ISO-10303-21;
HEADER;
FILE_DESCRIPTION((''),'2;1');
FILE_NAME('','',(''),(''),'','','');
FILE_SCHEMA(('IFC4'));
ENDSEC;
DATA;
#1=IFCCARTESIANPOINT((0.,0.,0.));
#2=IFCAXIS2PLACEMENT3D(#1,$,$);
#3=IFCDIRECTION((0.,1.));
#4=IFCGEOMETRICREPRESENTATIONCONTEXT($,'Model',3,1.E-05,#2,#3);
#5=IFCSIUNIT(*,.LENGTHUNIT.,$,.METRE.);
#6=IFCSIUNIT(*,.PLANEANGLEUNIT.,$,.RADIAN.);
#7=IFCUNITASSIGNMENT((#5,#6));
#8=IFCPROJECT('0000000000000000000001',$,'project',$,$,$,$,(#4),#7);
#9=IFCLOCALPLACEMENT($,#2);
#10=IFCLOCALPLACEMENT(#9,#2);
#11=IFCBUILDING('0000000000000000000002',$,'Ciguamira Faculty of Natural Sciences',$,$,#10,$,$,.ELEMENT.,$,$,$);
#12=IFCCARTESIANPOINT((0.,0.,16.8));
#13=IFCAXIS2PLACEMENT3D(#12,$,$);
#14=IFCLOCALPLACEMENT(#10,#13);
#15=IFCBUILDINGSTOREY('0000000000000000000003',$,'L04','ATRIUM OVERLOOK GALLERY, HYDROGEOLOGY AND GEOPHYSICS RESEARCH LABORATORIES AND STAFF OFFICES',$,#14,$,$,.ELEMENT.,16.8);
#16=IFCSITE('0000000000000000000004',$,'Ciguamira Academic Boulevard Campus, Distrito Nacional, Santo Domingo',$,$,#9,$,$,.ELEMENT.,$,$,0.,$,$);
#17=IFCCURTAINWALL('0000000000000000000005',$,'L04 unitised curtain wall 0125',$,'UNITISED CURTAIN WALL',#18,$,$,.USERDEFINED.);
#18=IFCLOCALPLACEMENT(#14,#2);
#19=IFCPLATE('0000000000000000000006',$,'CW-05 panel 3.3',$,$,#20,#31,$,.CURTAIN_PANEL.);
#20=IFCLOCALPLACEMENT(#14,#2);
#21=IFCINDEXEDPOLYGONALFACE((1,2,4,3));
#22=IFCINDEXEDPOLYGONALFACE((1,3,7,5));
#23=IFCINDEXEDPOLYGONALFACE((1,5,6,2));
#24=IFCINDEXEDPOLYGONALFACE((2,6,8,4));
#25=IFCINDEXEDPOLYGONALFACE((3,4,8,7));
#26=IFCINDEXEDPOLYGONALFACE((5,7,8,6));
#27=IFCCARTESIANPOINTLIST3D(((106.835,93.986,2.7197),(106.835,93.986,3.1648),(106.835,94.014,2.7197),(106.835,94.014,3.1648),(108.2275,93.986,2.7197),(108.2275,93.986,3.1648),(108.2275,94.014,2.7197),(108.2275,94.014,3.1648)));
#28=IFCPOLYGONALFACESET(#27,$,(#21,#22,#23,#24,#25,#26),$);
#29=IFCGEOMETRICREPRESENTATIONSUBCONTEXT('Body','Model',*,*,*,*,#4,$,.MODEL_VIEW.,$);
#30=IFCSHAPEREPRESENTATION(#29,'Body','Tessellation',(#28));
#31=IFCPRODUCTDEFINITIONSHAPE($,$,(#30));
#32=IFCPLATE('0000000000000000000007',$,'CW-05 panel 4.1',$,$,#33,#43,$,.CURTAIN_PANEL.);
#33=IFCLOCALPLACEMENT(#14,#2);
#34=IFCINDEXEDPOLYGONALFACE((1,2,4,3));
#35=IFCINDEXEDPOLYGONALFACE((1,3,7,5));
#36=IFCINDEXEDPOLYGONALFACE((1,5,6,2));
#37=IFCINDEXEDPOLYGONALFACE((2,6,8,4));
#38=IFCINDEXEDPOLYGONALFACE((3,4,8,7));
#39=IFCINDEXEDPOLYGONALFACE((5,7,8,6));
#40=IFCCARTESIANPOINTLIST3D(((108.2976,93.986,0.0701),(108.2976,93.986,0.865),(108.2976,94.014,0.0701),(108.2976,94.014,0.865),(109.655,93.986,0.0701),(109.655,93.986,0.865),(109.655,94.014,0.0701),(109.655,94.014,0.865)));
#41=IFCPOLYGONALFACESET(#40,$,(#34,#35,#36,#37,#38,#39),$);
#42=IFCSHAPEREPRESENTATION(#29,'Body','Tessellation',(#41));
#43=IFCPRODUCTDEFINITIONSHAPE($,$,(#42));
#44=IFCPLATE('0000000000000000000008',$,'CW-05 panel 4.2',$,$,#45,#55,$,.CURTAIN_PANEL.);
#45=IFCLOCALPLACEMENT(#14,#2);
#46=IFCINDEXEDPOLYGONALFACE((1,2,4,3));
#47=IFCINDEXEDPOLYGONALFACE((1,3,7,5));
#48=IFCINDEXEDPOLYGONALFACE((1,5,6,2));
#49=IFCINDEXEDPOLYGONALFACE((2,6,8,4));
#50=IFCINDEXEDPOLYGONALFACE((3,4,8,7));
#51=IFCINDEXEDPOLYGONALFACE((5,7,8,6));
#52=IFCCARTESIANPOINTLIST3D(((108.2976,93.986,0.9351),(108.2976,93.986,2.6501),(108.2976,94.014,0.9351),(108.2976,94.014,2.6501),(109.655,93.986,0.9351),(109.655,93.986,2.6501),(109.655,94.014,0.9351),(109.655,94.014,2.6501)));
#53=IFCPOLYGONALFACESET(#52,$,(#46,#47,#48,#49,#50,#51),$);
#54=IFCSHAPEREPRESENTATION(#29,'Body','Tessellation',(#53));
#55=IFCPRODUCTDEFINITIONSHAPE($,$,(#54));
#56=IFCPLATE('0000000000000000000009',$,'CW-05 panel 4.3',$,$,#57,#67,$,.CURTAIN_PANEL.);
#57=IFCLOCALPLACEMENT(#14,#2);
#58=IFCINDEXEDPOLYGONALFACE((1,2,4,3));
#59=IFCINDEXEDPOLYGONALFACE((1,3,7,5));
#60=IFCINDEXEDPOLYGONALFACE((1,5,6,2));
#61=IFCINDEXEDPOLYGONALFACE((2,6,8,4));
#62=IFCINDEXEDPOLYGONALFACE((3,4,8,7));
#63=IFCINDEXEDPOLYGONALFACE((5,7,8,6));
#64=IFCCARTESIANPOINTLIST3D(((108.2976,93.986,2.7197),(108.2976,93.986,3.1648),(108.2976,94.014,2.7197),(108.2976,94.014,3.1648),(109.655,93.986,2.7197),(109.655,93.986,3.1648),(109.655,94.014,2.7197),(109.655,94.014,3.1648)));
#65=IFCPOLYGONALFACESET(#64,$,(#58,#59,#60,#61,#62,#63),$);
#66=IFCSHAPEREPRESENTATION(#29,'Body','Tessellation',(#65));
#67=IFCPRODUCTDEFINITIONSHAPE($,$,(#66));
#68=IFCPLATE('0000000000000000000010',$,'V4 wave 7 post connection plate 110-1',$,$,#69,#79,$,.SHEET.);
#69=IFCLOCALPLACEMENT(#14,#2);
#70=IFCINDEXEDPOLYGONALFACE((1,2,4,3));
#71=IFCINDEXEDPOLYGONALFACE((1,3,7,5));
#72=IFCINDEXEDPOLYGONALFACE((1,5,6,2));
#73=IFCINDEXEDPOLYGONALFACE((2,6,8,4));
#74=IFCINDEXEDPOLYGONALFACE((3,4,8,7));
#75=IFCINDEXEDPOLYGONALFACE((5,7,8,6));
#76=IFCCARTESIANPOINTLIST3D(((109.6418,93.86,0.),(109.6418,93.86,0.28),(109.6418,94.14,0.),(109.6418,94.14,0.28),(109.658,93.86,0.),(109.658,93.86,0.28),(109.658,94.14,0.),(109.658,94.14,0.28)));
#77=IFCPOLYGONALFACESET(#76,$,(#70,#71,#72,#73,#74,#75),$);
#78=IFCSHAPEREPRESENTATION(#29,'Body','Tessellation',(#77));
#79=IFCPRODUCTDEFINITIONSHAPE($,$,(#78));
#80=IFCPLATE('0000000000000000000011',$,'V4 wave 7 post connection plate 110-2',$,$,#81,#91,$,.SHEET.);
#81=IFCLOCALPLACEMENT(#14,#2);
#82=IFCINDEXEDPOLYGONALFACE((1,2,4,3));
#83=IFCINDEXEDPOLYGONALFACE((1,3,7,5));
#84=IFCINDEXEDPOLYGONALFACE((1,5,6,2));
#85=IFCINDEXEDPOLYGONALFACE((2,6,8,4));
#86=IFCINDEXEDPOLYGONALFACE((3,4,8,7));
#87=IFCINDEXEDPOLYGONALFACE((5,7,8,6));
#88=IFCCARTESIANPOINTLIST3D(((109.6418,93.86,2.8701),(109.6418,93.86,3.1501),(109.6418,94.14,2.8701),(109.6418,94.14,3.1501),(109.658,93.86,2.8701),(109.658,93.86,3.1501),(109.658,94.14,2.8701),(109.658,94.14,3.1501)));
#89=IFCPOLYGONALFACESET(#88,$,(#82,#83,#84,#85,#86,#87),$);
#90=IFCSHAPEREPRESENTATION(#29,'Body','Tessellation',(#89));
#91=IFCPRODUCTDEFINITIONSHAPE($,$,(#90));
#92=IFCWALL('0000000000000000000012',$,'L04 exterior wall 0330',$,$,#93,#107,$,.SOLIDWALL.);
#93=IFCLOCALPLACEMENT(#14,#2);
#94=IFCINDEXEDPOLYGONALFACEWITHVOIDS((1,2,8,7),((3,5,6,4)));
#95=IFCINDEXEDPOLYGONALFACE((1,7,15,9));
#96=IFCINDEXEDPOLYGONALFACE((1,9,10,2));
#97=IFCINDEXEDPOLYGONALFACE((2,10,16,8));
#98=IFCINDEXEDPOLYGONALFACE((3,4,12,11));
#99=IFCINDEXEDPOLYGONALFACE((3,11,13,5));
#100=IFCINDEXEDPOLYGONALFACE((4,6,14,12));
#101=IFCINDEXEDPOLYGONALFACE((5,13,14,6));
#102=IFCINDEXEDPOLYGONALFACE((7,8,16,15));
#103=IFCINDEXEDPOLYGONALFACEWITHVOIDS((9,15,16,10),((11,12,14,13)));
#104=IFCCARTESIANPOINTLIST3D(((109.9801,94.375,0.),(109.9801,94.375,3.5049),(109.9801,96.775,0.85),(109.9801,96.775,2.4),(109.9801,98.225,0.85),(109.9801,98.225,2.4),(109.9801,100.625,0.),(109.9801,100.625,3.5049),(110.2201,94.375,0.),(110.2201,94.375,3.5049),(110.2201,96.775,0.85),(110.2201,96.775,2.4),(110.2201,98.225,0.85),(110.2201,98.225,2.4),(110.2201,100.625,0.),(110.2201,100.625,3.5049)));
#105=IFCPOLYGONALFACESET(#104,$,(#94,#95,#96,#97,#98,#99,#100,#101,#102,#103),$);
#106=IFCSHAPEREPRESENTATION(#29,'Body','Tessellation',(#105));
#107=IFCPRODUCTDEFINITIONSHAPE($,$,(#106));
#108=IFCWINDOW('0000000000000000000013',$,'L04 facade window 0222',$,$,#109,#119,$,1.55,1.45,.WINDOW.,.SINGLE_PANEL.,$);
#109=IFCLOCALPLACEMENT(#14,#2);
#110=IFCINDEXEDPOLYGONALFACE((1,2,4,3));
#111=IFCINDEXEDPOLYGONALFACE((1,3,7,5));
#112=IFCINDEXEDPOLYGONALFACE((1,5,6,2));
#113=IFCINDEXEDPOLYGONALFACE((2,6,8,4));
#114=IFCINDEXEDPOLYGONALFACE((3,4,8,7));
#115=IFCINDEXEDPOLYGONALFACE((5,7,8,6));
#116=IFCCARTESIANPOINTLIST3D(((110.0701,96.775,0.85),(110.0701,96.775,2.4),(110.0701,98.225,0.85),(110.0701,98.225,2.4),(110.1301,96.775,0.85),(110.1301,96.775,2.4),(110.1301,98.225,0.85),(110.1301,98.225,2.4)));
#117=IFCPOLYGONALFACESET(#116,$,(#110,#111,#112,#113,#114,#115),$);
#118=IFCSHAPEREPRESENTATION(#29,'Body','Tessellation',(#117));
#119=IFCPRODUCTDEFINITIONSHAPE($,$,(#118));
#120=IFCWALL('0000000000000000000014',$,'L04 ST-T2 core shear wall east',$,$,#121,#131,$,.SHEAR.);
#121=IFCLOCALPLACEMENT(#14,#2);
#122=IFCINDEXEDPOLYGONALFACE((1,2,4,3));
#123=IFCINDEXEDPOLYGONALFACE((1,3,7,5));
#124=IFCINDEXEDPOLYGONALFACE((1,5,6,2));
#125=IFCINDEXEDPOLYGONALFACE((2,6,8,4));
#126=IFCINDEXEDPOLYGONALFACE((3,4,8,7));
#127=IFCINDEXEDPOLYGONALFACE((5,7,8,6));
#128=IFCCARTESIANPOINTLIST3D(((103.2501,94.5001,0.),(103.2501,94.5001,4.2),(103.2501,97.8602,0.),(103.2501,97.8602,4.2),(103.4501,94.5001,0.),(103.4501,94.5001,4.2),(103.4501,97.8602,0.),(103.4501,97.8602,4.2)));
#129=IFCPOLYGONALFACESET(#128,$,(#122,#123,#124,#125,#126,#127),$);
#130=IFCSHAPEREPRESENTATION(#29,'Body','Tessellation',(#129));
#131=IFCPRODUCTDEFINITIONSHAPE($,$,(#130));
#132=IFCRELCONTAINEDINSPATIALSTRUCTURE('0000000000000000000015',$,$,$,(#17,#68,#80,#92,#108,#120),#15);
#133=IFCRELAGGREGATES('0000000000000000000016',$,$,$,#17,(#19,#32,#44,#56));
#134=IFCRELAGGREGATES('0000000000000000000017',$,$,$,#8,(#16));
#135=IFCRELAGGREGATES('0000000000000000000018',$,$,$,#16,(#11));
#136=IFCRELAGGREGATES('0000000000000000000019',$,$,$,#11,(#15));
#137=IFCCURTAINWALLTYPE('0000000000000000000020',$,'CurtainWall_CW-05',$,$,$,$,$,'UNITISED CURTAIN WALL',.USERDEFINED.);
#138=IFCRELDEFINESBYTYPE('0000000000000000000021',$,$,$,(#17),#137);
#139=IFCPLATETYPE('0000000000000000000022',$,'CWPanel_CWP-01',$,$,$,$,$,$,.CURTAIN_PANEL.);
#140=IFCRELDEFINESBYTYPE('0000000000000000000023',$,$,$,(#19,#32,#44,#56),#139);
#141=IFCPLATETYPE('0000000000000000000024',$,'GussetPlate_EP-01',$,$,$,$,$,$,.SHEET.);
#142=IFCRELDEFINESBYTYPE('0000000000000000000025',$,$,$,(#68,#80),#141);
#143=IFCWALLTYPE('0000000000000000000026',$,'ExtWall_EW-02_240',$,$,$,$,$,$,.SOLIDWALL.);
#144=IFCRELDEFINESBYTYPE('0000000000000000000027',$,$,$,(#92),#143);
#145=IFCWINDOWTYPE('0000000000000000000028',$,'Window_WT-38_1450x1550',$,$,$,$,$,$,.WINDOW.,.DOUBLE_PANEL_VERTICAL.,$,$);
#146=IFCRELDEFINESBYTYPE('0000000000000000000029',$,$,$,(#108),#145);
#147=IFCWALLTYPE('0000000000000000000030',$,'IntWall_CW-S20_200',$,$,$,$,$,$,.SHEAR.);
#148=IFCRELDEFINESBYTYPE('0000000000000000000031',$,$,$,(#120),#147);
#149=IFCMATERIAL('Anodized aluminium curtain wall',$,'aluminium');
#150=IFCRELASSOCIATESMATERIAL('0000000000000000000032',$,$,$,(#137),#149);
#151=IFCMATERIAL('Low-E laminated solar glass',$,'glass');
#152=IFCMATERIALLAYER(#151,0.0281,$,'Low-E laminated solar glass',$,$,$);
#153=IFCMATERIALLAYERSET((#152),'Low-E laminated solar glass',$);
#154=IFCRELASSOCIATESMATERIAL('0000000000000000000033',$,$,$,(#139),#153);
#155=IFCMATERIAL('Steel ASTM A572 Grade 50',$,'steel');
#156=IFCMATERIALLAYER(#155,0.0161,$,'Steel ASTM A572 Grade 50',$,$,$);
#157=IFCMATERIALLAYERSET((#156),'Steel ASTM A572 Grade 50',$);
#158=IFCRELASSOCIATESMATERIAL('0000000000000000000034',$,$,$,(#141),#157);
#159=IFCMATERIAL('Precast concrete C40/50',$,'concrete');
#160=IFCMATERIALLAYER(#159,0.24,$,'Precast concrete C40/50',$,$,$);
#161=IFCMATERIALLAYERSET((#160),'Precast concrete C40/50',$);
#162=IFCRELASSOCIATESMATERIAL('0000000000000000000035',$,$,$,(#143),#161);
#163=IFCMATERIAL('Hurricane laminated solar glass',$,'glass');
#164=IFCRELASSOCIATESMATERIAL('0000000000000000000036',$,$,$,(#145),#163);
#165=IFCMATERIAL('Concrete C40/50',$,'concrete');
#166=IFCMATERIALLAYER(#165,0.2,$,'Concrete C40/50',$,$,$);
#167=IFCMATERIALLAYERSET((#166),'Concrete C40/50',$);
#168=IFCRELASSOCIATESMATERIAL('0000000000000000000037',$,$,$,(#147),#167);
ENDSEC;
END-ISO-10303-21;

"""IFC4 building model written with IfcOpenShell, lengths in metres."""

from ifc_helpers import new_model, si_unit, direction, frame, frame_2d, origin, origin_2d, place, context, subcontext, project, spatial, rectangle, extrude, material, layer, layer_set, type_object, element, fill, aggregate, save


model = new_model("IFC4")

# Units and contexts
model_context = context("Model", 3, precision=1e-05, world=origin(), true_north=direction((0.0, 1.0)))
body_context = subcontext(model_context, "Body", "Model", "MODEL_VIEW")
ifc_project = project(units=[si_unit("LENGTHUNIT", "METRE"), si_unit("PLANEANGLEUNIT", "RADIAN")], contexts=[model_context])

# Site, building, storey
site_placement = place(None, origin())
site = spatial("IfcSite", under=ifc_project, at=site_placement, Name="Ciguamira Academic Boulevard Campus, Distrito Nacional, Santo Domingo", CompositionType="ELEMENT", RefElevation=0.0)
building_placement = place(site_placement, origin())
building = spatial("IfcBuilding", under=site, at=building_placement, Name="Ciguamira Faculty of Natural Sciences", CompositionType="ELEMENT")
storey_placement = place(building_placement, frame((0.0, 0.0, 16.8)))
storey = spatial("IfcBuildingStorey", under=building, at=storey_placement, Name="L04", Description="ATRIUM OVERLOOK GALLERY, HYDROGEOLOGY AND GEOPHYSICS RESEARCH LABORATORIES AND STAFF OFFICES", CompositionType="ELEMENT", Elevation=16.8)

# Curtain wall
ifc_material_1 = material(Name="Anodized aluminium curtain wall", Category="aluminium")
curtain_wall_type = type_object("IfcCurtainWallType", Name="CurtainWall_CW-05", ElementType="UNITISED CURTAIN WALL", PredefinedType="USERDEFINED", material=ifc_material_1)
curtain_wall_placement = place(storey_placement, origin())
curtain_wall = element("IfcCurtainWall", 1, at=curtain_wall_placement, inside=storey, type_object=curtain_wall_type, Name="L04 unitised curtain wall 0125", ObjectType="UNITISED CURTAIN WALL", PredefinedType="USERDEFINED")

# Shared definitions
ifc_material_2 = material(Name="Precast concrete C40/50", Category="concrete")

# Plates
ifc_material_3 = material(Name="Low-E laminated solar glass", Category="glass")
ifc_layer_1 = layer(ifc_material_3, 0.0281, Name="Low-E laminated solar glass")
ifc_layer_set_1 = layer_set([ifc_layer_1], Name="Low-E laminated solar glass")
plate_type_1 = type_object("IfcPlateType", Name="CWPanel_CWP-01", PredefinedType="CURTAIN_PANEL", material=ifc_layer_set_1)
plate_1_placement = place(storey_placement, frame((107.5312, 94.0, 2.7197), z_axis=(0.0, 0.0, 1.0), x_axis=(1.0, 0.0, 0.0)))
plate_1 = element("IfcPlate", 2, at=plate_1_placement, type_object=plate_type_1, Name="CW-05 panel 3.3", PredefinedType="CURTAIN_PANEL", context=body_context, shape_type="SweptSolid", body=[
    extrude(rectangle(XDim=1.3926, YDim=0.0281, at=origin_2d()), origin(), (0.0, 0.0, 1.0), 0.4451),
])
plate_2_placement = place(storey_placement, frame((108.9763, 94.0, 0.0701), z_axis=(0.0, 0.0, 1.0), x_axis=(1.0, 0.0, 0.0)))
plate_2 = element("IfcPlate", 3, at=plate_2_placement, type_object=plate_type_1, Name="CW-05 panel 4.1", PredefinedType="CURTAIN_PANEL", context=body_context, shape_type="SweptSolid", body=[
    extrude(rectangle(XDim=1.3574, YDim=0.0281, at=origin_2d()), origin(), (0.0, 0.0, 1.0), 0.7949),
])
plate_3_placement = place(storey_placement, frame((108.9763, 94.0, 0.9351), z_axis=(0.0, 0.0, 1.0), x_axis=(1.0, 0.0, 0.0)))
plate_3 = element("IfcPlate", 4, at=plate_3_placement, type_object=plate_type_1, Name="CW-05 panel 4.2", PredefinedType="CURTAIN_PANEL", context=body_context, shape_type="SweptSolid", body=[
    extrude(rectangle(XDim=1.3574, YDim=0.0281, at=origin_2d()), origin(), (0.0, 0.0, 1.0), 1.7151),
])
plate_4_placement = place(storey_placement, frame((108.9763, 94.0, 2.7197), z_axis=(0.0, 0.0, 1.0), x_axis=(1.0, 0.0, 0.0)))
plate_4 = element("IfcPlate", 5, at=plate_4_placement, type_object=plate_type_1, Name="CW-05 panel 4.3", PredefinedType="CURTAIN_PANEL", context=body_context, shape_type="SweptSolid", body=[
    extrude(rectangle(XDim=1.3574, YDim=0.0281, at=origin_2d()), origin(), (0.0, 0.0, 1.0), 0.4451),
])
aggregate(curtain_wall, [plate_1, plate_2, plate_3, plate_4])

# Plates
ifc_material_4 = material(Name="Steel ASTM A572 Grade 50", Category="steel")
ifc_layer_2 = layer(ifc_material_4, 0.0161, Name="Steel ASTM A572 Grade 50")
ifc_layer_set_2 = layer_set([ifc_layer_2], Name="Steel ASTM A572 Grade 50")
plate_type_2 = type_object("IfcPlateType", Name="GussetPlate_EP-01", PredefinedType="SHEET", material=ifc_layer_set_2)
for number, where, z_axis, x_axis, name in (
    (6, (109.6499, 94.0, 0.0), (0.0, 0.0, 1.0), (1.0, 0.0, 0.0), "V4 wave 7 post connection plate 110-1"),
    (7, (109.6499, 94.0, 2.8701), (0.0, 0.0, 1.0), (1.0, 0.0, 0.0), "V4 wave 7 post connection plate 110-2"),
):
    element("IfcPlate", number, at=place(storey_placement, frame(where, z_axis=z_axis, x_axis=x_axis)), inside=storey, type_object=plate_type_2, Name=name, PredefinedType="SHEET", context=body_context, shape_type="SweptSolid", body=[
        extrude(rectangle(XDim=0.0161, YDim=0.28, at=origin_2d()), origin(), (0.0, 0.0, 1.0), 0.28),
    ])

# Wall, opening, window
ifc_layer_3 = layer(ifc_material_2, 0.24, Name="Precast concrete C40/50")
ifc_layer_set_3 = layer_set([ifc_layer_3], Name="Precast concrete C40/50")
wall_type_1 = type_object("IfcWallType", Name="ExtWall_EW-02_240", PredefinedType="SOLIDWALL", material=ifc_layer_set_3)
wall_1_placement = place(storey_placement, frame((110.1001, 94.375, 0.0), z_axis=(0.0, 0.0, 1.0), x_axis=(0.0, 1.0, 0.0)))
wall_1 = element("IfcWall", 8, at=wall_1_placement, inside=storey, type_object=wall_type_1, Name="L04 exterior wall 0330", PredefinedType="SOLIDWALL", context=body_context, shape_type="SweptSolid", body=[
    extrude(rectangle(XDim=6.25, YDim=0.24, at=frame_2d((3.125, 0.0))), origin(), (0.0, 0.0, 1.0), 3.5049),
])
opening_placement = place(wall_1_placement, frame((2.3999, 0.0, 0.8501)))
opening = element("IfcOpeningElement", 9, at=opening_placement, cuts=wall_1, PredefinedType="OPENING", context=body_context, shape_type="SweptSolid", body=[
    extrude(rectangle(XDim=1.45, YDim=1.55, at=frame_2d((0.7251, 0.7749))), frame((0.0, 0.1299, 0.0), z_axis=(0.0, -1.0, 0.0), x_axis=(1.0, 0.0, 0.0)), (0.0, 0.0, 1.0), 0.26),
])
ifc_material_5 = material(Name="Hurricane laminated solar glass", Category="glass")
window_type = type_object("IfcWindowType", Name="Window_WT-38_1450x1550", PartitioningType="DOUBLE_PANEL_VERTICAL", PredefinedType="WINDOW", material=ifc_material_5)
window_placement = place(opening_placement, origin())
window = element("IfcWindow", 10, at=window_placement, inside=storey, type_object=window_type, Name="L04 facade window 0222", OverallHeight=1.55, OverallWidth=1.45, PartitioningType="SINGLE_PANEL", PredefinedType="WINDOW", context=body_context, shape_type="SweptSolid", body=[
    extrude(rectangle(XDim=1.45, YDim=1.55, at=frame_2d((0.7251, 0.7749))), frame((0.0, 0.03, 0.0), z_axis=(0.0, -1.0, 0.0), x_axis=(1.0, 0.0, 0.0)), (0.0, 0.0, 1.0), 0.0601),
])
fill(opening, window)

# Wall
ifc_material_6 = material(Name="Concrete C40/50", Category="concrete")
ifc_layer_4 = layer(ifc_material_6, 0.2, Name="Concrete C40/50")
ifc_layer_set_4 = layer_set([ifc_layer_4], Name="Concrete C40/50")
wall_type_2 = type_object("IfcWallType", Name="IntWall_CW-S20_200", PredefinedType="SHEAR", material=ifc_layer_set_4)
wall_2_placement = place(storey_placement, frame((103.3501, 94.5, 0.0), z_axis=(0.0, 0.0, 1.0), x_axis=(0.0, 1.0, 0.0)))
element("IfcWall", 11, at=wall_2_placement, inside=storey, type_object=wall_type_2, Name="L04 ST-T2 core shear wall east", PredefinedType="SHEAR", context=body_context, shape_type="SweptSolid", body=[
    extrude(rectangle(XDim=3.3601, YDim=0.2, at=frame_2d((1.6802, 0.0))), origin(), (0.0, 0.0, 1.0), 4.2),
])

save(model, "model.ifc")
